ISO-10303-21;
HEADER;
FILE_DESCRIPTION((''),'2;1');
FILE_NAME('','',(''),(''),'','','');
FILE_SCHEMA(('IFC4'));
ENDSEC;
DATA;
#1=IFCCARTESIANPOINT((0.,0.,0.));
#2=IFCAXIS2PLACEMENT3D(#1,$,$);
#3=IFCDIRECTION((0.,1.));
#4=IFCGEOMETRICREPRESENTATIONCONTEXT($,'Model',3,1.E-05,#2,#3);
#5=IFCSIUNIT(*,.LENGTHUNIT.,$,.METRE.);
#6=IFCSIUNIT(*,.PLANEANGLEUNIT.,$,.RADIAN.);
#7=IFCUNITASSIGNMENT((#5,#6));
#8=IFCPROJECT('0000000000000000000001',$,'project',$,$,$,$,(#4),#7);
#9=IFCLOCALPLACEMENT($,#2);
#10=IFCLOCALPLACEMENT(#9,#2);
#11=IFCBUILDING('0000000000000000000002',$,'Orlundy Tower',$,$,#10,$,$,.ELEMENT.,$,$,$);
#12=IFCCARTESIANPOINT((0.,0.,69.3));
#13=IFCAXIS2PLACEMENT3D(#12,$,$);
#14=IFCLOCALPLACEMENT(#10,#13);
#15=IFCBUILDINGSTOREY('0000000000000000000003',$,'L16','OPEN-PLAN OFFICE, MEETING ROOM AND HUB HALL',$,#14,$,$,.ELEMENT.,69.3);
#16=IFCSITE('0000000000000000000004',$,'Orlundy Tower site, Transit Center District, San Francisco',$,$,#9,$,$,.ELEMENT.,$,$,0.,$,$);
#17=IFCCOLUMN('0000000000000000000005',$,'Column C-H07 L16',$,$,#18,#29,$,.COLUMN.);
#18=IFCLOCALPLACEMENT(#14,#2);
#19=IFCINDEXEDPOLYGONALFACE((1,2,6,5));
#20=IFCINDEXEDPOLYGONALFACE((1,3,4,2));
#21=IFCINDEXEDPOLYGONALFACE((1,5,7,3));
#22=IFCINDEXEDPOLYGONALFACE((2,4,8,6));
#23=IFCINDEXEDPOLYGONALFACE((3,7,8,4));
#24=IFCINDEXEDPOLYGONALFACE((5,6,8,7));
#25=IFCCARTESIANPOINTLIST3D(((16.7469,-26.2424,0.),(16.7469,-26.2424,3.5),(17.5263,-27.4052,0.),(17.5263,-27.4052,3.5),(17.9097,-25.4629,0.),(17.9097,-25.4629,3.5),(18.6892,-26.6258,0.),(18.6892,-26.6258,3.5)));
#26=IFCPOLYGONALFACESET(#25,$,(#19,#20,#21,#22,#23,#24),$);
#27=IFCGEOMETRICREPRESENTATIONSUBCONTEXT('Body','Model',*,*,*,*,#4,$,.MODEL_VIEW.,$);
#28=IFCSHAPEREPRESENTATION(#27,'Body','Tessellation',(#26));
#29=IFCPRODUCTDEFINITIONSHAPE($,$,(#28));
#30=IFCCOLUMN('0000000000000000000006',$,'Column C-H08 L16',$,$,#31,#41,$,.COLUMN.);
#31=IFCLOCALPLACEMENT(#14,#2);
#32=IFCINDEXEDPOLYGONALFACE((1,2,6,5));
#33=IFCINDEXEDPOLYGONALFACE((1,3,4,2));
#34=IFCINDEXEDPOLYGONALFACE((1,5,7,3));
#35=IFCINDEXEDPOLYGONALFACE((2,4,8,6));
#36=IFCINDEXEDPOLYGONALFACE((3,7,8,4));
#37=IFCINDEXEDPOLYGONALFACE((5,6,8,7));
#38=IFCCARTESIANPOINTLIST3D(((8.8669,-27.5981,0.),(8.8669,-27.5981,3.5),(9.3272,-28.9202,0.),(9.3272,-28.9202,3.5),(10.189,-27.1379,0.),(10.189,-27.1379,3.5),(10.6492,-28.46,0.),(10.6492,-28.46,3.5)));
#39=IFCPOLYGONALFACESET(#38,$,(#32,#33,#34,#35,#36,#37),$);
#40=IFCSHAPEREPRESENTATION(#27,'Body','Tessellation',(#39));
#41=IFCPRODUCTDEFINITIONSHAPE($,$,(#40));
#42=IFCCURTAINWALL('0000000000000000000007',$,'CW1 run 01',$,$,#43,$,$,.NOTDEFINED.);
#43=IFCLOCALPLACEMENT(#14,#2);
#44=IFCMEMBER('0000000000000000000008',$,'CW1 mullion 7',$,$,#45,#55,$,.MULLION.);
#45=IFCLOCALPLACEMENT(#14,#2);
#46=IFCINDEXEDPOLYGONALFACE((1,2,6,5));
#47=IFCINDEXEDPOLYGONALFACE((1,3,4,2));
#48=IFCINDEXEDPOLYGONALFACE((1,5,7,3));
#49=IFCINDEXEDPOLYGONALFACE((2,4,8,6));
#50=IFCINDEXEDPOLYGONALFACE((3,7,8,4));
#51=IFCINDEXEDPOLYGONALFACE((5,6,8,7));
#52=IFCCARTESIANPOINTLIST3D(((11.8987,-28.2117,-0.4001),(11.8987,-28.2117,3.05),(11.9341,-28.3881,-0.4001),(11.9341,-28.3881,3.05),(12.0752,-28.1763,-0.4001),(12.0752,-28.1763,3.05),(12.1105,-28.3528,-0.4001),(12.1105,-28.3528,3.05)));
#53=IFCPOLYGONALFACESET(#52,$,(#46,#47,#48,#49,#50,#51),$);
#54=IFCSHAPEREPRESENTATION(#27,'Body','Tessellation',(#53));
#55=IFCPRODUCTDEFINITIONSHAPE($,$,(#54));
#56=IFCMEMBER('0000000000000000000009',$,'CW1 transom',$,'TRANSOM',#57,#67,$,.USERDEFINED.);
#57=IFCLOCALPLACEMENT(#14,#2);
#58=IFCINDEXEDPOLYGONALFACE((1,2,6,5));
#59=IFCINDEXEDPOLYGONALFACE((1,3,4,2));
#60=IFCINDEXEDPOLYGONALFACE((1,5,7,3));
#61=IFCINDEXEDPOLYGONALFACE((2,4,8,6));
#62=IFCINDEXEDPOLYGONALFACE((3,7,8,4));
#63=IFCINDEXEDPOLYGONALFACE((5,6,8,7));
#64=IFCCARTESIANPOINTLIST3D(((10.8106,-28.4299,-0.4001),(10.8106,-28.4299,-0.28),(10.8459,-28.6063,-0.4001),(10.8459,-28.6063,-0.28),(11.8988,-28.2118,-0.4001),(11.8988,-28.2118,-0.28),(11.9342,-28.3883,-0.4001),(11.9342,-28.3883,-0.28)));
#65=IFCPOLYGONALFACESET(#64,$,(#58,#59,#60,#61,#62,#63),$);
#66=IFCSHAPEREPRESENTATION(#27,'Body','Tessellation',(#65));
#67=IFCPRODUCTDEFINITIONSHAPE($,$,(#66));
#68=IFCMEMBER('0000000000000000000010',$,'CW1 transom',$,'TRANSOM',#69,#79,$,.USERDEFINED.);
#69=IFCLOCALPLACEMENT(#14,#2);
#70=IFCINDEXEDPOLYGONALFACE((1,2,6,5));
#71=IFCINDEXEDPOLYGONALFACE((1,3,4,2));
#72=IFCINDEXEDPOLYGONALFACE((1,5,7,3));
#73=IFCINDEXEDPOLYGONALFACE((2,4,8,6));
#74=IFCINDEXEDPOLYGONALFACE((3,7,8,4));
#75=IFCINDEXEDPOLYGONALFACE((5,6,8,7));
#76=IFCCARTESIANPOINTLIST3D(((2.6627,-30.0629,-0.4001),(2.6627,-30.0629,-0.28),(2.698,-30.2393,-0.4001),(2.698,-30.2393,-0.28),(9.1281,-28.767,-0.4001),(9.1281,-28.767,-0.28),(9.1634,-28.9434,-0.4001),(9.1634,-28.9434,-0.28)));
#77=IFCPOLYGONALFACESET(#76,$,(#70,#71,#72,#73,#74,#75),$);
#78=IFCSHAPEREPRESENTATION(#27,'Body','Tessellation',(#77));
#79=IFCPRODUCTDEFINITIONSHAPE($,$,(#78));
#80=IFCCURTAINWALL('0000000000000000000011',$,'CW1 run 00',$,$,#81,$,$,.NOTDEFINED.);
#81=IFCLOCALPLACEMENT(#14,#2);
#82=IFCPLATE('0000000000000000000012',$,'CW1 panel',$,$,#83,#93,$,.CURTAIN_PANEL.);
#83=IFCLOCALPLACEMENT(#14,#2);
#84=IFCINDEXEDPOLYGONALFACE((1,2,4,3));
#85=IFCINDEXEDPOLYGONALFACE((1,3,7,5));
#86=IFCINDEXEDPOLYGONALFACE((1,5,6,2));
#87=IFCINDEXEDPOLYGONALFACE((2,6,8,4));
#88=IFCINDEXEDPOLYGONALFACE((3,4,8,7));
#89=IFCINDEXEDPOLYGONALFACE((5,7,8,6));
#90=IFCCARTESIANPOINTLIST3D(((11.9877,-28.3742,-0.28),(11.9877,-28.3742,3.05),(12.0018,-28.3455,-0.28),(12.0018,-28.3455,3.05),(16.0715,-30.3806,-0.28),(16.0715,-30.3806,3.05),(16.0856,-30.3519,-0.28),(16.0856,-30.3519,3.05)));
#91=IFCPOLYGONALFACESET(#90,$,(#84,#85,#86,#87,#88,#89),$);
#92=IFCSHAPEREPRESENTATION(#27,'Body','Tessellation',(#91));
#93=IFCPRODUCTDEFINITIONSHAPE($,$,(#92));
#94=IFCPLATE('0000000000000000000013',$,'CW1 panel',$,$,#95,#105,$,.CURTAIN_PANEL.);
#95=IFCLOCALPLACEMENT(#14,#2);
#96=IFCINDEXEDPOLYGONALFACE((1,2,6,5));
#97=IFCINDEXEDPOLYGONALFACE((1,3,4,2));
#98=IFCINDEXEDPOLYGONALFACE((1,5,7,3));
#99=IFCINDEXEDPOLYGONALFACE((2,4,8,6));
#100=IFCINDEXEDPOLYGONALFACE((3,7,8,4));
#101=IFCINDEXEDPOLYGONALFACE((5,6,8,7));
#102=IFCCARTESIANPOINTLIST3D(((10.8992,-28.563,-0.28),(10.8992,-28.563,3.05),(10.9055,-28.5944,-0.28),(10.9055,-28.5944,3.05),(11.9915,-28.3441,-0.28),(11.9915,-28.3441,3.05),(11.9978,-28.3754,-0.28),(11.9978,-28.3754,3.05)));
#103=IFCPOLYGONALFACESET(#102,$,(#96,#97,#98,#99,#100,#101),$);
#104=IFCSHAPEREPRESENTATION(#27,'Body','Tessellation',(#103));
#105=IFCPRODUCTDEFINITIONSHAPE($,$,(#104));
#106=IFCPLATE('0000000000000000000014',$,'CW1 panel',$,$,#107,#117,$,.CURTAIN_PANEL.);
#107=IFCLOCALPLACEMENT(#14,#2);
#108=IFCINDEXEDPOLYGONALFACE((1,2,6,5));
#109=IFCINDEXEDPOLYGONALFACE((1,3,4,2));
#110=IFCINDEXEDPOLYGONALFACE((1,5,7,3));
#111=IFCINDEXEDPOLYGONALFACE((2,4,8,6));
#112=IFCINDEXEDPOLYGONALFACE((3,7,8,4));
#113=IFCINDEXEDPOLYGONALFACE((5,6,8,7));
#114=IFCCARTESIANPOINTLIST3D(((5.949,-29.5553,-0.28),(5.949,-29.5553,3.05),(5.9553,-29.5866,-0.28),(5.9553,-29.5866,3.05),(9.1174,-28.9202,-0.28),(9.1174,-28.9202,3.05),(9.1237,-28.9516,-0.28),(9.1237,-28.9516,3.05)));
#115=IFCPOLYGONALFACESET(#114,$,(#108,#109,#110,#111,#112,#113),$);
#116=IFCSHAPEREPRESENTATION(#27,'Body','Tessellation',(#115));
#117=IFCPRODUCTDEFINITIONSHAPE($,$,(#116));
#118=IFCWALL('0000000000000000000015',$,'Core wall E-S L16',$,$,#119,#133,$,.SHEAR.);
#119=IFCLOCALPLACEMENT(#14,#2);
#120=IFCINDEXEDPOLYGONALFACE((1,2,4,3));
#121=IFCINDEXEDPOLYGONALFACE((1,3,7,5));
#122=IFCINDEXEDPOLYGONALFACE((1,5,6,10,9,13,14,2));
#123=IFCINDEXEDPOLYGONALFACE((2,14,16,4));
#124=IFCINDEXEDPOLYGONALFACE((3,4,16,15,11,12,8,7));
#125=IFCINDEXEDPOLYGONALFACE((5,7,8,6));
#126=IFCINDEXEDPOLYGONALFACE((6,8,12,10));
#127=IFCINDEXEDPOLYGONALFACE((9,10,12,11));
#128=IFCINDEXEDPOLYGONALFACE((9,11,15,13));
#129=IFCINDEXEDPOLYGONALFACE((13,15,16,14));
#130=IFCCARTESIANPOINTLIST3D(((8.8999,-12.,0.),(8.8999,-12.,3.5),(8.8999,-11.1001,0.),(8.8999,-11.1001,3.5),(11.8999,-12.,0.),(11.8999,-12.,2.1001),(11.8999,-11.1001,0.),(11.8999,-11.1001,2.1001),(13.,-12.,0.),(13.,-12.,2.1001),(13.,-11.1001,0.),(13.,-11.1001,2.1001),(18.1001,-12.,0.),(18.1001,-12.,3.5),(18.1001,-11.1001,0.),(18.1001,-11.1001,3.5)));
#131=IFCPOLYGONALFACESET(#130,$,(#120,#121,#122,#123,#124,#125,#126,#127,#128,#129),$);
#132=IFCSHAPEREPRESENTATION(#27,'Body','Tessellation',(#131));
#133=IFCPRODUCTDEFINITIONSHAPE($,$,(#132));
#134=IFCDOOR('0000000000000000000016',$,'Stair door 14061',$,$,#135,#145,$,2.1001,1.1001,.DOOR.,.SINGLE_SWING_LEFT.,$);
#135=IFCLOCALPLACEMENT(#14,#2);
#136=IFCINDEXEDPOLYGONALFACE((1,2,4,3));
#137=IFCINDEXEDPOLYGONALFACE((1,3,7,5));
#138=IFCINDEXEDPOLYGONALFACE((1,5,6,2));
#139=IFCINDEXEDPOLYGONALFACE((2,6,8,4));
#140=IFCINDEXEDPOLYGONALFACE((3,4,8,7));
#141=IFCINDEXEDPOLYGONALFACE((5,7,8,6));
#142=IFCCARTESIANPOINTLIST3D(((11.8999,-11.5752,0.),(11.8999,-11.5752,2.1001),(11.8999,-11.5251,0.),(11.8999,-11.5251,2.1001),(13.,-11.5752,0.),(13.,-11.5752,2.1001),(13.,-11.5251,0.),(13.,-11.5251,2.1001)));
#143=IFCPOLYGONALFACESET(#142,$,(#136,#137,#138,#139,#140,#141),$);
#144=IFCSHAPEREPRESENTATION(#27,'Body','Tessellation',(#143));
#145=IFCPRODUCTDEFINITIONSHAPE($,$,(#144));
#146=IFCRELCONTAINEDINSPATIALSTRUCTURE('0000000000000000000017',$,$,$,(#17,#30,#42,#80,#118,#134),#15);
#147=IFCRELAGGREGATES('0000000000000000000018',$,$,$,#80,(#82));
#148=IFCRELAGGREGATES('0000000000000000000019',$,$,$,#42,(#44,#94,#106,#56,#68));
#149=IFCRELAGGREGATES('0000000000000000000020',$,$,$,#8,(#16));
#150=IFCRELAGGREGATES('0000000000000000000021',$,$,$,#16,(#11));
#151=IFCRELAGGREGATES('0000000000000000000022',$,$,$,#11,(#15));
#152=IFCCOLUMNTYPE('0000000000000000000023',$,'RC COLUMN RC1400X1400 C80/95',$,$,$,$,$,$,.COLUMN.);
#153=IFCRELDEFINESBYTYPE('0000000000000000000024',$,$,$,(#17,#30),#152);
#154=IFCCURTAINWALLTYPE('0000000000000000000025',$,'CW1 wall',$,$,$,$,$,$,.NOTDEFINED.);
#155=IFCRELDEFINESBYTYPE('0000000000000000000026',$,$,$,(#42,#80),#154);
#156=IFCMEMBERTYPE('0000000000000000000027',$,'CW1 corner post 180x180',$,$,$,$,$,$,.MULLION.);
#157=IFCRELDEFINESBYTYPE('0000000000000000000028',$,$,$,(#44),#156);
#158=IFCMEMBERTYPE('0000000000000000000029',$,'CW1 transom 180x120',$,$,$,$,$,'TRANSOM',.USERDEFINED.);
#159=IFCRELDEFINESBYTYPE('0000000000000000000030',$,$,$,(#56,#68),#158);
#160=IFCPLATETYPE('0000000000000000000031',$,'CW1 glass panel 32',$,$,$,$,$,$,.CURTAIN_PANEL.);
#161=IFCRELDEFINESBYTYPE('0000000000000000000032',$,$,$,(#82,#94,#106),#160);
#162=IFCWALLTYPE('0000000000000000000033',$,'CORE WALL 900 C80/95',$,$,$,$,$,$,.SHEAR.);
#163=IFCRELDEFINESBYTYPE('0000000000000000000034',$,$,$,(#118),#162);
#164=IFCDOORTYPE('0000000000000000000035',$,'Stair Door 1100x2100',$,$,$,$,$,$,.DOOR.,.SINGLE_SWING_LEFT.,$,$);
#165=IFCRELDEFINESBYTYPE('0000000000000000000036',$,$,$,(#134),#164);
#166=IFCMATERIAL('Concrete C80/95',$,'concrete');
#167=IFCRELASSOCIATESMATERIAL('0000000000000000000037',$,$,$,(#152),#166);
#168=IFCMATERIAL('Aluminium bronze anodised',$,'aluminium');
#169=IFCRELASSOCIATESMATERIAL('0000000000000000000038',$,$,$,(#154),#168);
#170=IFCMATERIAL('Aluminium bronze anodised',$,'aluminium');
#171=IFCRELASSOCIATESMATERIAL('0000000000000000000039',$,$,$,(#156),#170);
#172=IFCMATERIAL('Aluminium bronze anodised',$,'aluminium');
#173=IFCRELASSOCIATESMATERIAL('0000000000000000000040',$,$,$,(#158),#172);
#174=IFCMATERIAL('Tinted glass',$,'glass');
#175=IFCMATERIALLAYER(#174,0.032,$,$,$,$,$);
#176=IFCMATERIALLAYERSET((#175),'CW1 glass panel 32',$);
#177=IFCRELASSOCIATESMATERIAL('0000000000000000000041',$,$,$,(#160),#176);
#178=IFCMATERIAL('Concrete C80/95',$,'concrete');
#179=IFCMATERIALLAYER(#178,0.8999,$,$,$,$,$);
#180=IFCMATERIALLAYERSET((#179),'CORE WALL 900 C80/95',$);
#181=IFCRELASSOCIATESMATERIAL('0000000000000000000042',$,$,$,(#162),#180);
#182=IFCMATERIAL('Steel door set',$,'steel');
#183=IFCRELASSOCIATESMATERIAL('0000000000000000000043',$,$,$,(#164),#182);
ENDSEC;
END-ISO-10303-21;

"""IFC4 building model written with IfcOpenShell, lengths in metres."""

from ifc_helpers import new_model, si_unit, direction, frame, frame_2d, origin, origin_2d, place, context, subcontext, project, spatial, rectangle, extrude, material, layer, layer_set, material_profile, profile_set, type_object, element, fill, aggregate, save


model = new_model("IFC4")

# Units and contexts
model_context = context("Model", 3, precision=1e-05, world=origin(), true_north=direction((0.0, 1.0)))
body_context = subcontext(model_context, "Body", "Model", "MODEL_VIEW")
ifc_project = project(units=[si_unit("LENGTHUNIT", "METRE"), si_unit("PLANEANGLEUNIT", "RADIAN")], contexts=[model_context])

# Site, building, storey
site_placement = place(None, origin())
site = spatial("IfcSite", under=ifc_project, at=site_placement, Name="Orlundy Tower site, Transit Center District, San Francisco", CompositionType="ELEMENT", RefElevation=0.0)
building_placement = place(site_placement, origin())
building = spatial("IfcBuilding", under=site, at=building_placement, Name="Orlundy Tower", CompositionType="ELEMENT")
storey_placement = place(building_placement, frame((0.0, 0.0, 69.3)))
storey = spatial("IfcBuildingStorey", under=building, at=storey_placement, Name="L16", Description="OPEN-PLAN OFFICE, MEETING ROOM AND HUB HALL", CompositionType="ELEMENT", Elevation=69.3)

# Columns
ifc_material_1 = material(Name="Concrete C80/95", Category="concrete")
ifc_material_profile_1 = material_profile(ifc_material_1, rectangle(XDim=1.3999, YDim=1.3999, at=origin_2d()), Name="RC1400X1400")
ifc_profile_set_1 = profile_set([ifc_material_profile_1], Name="Concrete C80/95")
column_type = type_object("IfcColumnType", Name="RC COLUMN RC1400X1400 C80/95", PredefinedType="COLUMN", material=ifc_profile_set_1)
for number, where, z_axis, x_axis, name in (
    (1, (17.718, -26.4341, 0.0), (0.0, 0.0, 1.0), (0.556774, -0.830664, 0.0), "Column C-H07 L16"),
    (2, (9.7581, -28.0291, 0.0), (0.0, 0.0, 1.0), (0.328784, -0.944405, 0.0), "Column C-H08 L16"),
):
    element("IfcColumn", number, at=place(storey_placement, frame(where, z_axis=z_axis, x_axis=x_axis)), inside=storey, type_object=column_type, Name=name, PredefinedType="COLUMN", context=body_context, shape_type="SweptSolid", body=[
        extrude(rectangle(XDim=1.3999, YDim=1.3999, at=origin_2d()), origin(), (0.0, 0.0, 1.0), 3.5),
    ])

# Curtain wall, members
ifc_material_2 = material(Name="Aluminium bronze anodised", Category="aluminium")
curtain_wall_type = type_object("IfcCurtainWallType", Name="CW1 wall", PredefinedType="NOTDEFINED", material=ifc_material_2)
curtain_wall_1_placement = place(storey_placement, origin())
curtain_wall_1 = element("IfcCurtainWall", 3, at=curtain_wall_1_placement, inside=storey, type_object=curtain_wall_type, Name="CW1 run 01", PredefinedType="NOTDEFINED")
ifc_material_3 = material(Name="Aluminium bronze anodised", Category="aluminium")
ifc_material_profile_2 = material_profile(ifc_material_3, rectangle(XDim=0.1799, YDim=0.1799, at=origin_2d()), Name="CW1 corner post 180x180")
ifc_profile_set_2 = profile_set([ifc_material_profile_2], Name="Aluminium bronze anodised")
member_type_1 = type_object("IfcMemberType", Name="CW1 corner post 180x180", PredefinedType="MULLION", material=ifc_profile_set_2)
member_1_placement = place(storey_placement, frame((12.0046, -28.2822, -0.4001), z_axis=(0.0, 0.0, 1.0), x_axis=(0.196532, -0.980497, 0.0)))
member_1 = element("IfcMember", 4, at=member_1_placement, type_object=member_type_1, Name="CW1 mullion 7", PredefinedType="MULLION", context=body_context, shape_type="SweptSolid", body=[
    extrude(rectangle(XDim=0.1799, YDim=0.1799, at=origin_2d()), origin(), (0.0, 0.0, 1.0), 3.4502),
])
ifc_material_4 = material(Name="Aluminium bronze anodised", Category="aluminium")
ifc_material_profile_3 = material_profile(ifc_material_4, rectangle(XDim=0.1799, YDim=0.1201, at=origin_2d()), Name="CW1 transom 180x120")
ifc_profile_set_3 = profile_set([ifc_material_profile_3], Name="Aluminium bronze anodised")
member_type_2 = type_object("IfcMemberType", Name="CW1 transom 180x120", ElementType="TRANSOM", PredefinedType="USERDEFINED", material=ifc_profile_set_3)
member_2_placement = place(storey_placement, frame((11.9165, -28.3, -0.3401), z_axis=(-0.980513, -0.196455, 0.0), x_axis=(0.196455, -0.980513, 0.0)))
member_2 = element("IfcMember", 5, at=member_2_placement, type_object=member_type_2, Name="CW1 transom", ObjectType="TRANSOM", PredefinedType="USERDEFINED", context=body_context, shape_type="SweptSolid", body=[
    extrude(rectangle(XDim=0.1799, YDim=0.1201, at=origin_2d()), origin(), (0.0, 0.0, 1.0), 1.1099),
])
member_3_placement = place(storey_placement, frame((9.1458, -28.8552, -0.3401), z_axis=(-0.980498, -0.196529, 0.0), x_axis=(0.196529, -0.980498, 0.0)))
member_3 = element("IfcMember", 6, at=member_3_placement, type_object=member_type_2, Name="CW1 transom", ObjectType="TRANSOM", PredefinedType="USERDEFINED", context=body_context, shape_type="SweptSolid", body=[
    extrude(rectangle(XDim=0.1799, YDim=0.1201, at=origin_2d()), origin(), (0.0, 0.0, 1.0), 6.594),
])

# Curtain wall, plate
curtain_wall_2_placement = place(storey_placement, origin())
curtain_wall_2 = element("IfcCurtainWall", 7, at=curtain_wall_2_placement, inside=storey, type_object=curtain_wall_type, Name="CW1 run 00", PredefinedType="NOTDEFINED")
ifc_material_5 = material(Name="Tinted glass", Category="glass")
ifc_layer_1 = layer(ifc_material_5, 0.032)
ifc_layer_set_1 = layer_set([ifc_layer_1], Name="CW1 glass panel 32")
plate_type = type_object("IfcPlateType", Name="CW1 glass panel 32", PredefinedType="CURTAIN_PANEL", material=ifc_layer_set_1)
plate_1_placement = place(storey_placement, frame((14.0366, -29.363, -0.28), z_axis=(0.0, 0.0, 1.0), x_axis=(-0.897522, 0.440969, 0.0)))
plate_1 = element("IfcPlate", 8, at=plate_1_placement, type_object=plate_type, Name="CW1 panel", PredefinedType="CURTAIN_PANEL", context=body_context, shape_type="SweptSolid", body=[
    extrude(rectangle(XDim=4.55, YDim=0.032, at=origin_2d()), origin(), (0.0, 0.0, 1.0), 3.3301),
])
aggregate(curtain_wall_2, [plate_1])

# Plates
plate_2_placement = place(storey_placement, frame((11.4485, -28.4692, -0.28), z_axis=(0.0, 0.0, 1.0), x_axis=(-0.980497, -0.196532, 0.0)))
plate_2 = element("IfcPlate", 9, at=plate_2_placement, type_object=plate_type, Name="CW1 panel", PredefinedType="CURTAIN_PANEL", context=body_context, shape_type="SweptSolid", body=[
    extrude(rectangle(XDim=1.114, YDim=0.032, at=origin_2d()), origin(), (0.0, 0.0, 1.0), 3.3301),
])
plate_3_placement = place(storey_placement, frame((7.5364, -29.2534, -0.28), z_axis=(0.0, 0.0, 1.0), x_axis=(-0.980497, -0.196532, 0.0)))
plate_3 = element("IfcPlate", 10, at=plate_3_placement, type_object=plate_type, Name="CW1 panel", PredefinedType="CURTAIN_PANEL", context=body_context, shape_type="SweptSolid", body=[
    extrude(rectangle(XDim=3.2314, YDim=0.032, at=origin_2d()), origin(), (0.0, 0.0, 1.0), 3.3301),
])
aggregate(curtain_wall_1, [member_1, plate_2, plate_3, member_2, member_3])

# Wall, opening, door
ifc_material_6 = material(Name="Concrete C80/95", Category="concrete")
ifc_layer_2 = layer(ifc_material_6, 0.8999)
ifc_layer_set_2 = layer_set([ifc_layer_2], Name="CORE WALL 900 C80/95")
wall_type_1 = type_object("IfcWallType", Name="CORE WALL 900 C80/95", PredefinedType="SHEAR", material=ifc_layer_set_2)
wall_1_placement = place(storey_placement, frame((8.8999, -11.55, 0.0), z_axis=(0.0, 0.0, 1.0), x_axis=(1.0, 0.0, 0.0)))
wall_1 = element("IfcWall", 11, at=wall_1_placement, inside=storey, type_object=wall_type_1, Name="Core wall E-S L16", PredefinedType="SHEAR", context=body_context, shape_type="SweptSolid", body=[
    extrude(rectangle(XDim=9.2002, YDim=0.8999, at=frame_2d((4.6001, 0.0))), origin(), (0.0, 0.0, 1.0), 3.5),
])
opening_1_placement = place(wall_1_placement, frame((3.0, 0.0, 0.0)))
opening_1 = element("IfcOpeningElement", 12, at=opening_1_placement, cuts=wall_1, PredefinedType="OPENING", context=body_context, shape_type="SweptSolid", body=[
    extrude(rectangle(XDim=1.1001, YDim=2.1001, at=frame_2d((0.55, 1.05))), frame((0.0, 0.46, 0.0), z_axis=(0.0, -1.0, 0.0), x_axis=(1.0, 0.0, 0.0)), (0.0, 0.0, 1.0), 0.9199),
])
ifc_material_7 = material(Name="Steel door set", Category="steel")
door_type_1 = type_object("IfcDoorType", Name="Stair Door 1100x2100", OperationType="SINGLE_SWING_LEFT", PredefinedType="DOOR", material=ifc_material_7)
door_1_placement = place(opening_1_placement, origin())
door_1 = element("IfcDoor", 13, at=door_1_placement, inside=storey, type_object=door_type_1, Name="Stair door 14061", OperationType="SINGLE_SWING_LEFT", OverallHeight=2.1001, OverallWidth=1.1001, PredefinedType="DOOR", context=body_context, shape_type="SweptSolid", body=[
    extrude(rectangle(XDim=1.1001, YDim=2.1001, at=frame_2d((0.55, 1.05))), frame((0.0, 0.0249, 0.0), z_axis=(0.0, -1.0, 0.0), x_axis=(1.0, 0.0, 0.0)), (0.0, 0.0, 1.0), 0.05),
])
fill(opening_1, door_1)

save(model, "model.ifc")
